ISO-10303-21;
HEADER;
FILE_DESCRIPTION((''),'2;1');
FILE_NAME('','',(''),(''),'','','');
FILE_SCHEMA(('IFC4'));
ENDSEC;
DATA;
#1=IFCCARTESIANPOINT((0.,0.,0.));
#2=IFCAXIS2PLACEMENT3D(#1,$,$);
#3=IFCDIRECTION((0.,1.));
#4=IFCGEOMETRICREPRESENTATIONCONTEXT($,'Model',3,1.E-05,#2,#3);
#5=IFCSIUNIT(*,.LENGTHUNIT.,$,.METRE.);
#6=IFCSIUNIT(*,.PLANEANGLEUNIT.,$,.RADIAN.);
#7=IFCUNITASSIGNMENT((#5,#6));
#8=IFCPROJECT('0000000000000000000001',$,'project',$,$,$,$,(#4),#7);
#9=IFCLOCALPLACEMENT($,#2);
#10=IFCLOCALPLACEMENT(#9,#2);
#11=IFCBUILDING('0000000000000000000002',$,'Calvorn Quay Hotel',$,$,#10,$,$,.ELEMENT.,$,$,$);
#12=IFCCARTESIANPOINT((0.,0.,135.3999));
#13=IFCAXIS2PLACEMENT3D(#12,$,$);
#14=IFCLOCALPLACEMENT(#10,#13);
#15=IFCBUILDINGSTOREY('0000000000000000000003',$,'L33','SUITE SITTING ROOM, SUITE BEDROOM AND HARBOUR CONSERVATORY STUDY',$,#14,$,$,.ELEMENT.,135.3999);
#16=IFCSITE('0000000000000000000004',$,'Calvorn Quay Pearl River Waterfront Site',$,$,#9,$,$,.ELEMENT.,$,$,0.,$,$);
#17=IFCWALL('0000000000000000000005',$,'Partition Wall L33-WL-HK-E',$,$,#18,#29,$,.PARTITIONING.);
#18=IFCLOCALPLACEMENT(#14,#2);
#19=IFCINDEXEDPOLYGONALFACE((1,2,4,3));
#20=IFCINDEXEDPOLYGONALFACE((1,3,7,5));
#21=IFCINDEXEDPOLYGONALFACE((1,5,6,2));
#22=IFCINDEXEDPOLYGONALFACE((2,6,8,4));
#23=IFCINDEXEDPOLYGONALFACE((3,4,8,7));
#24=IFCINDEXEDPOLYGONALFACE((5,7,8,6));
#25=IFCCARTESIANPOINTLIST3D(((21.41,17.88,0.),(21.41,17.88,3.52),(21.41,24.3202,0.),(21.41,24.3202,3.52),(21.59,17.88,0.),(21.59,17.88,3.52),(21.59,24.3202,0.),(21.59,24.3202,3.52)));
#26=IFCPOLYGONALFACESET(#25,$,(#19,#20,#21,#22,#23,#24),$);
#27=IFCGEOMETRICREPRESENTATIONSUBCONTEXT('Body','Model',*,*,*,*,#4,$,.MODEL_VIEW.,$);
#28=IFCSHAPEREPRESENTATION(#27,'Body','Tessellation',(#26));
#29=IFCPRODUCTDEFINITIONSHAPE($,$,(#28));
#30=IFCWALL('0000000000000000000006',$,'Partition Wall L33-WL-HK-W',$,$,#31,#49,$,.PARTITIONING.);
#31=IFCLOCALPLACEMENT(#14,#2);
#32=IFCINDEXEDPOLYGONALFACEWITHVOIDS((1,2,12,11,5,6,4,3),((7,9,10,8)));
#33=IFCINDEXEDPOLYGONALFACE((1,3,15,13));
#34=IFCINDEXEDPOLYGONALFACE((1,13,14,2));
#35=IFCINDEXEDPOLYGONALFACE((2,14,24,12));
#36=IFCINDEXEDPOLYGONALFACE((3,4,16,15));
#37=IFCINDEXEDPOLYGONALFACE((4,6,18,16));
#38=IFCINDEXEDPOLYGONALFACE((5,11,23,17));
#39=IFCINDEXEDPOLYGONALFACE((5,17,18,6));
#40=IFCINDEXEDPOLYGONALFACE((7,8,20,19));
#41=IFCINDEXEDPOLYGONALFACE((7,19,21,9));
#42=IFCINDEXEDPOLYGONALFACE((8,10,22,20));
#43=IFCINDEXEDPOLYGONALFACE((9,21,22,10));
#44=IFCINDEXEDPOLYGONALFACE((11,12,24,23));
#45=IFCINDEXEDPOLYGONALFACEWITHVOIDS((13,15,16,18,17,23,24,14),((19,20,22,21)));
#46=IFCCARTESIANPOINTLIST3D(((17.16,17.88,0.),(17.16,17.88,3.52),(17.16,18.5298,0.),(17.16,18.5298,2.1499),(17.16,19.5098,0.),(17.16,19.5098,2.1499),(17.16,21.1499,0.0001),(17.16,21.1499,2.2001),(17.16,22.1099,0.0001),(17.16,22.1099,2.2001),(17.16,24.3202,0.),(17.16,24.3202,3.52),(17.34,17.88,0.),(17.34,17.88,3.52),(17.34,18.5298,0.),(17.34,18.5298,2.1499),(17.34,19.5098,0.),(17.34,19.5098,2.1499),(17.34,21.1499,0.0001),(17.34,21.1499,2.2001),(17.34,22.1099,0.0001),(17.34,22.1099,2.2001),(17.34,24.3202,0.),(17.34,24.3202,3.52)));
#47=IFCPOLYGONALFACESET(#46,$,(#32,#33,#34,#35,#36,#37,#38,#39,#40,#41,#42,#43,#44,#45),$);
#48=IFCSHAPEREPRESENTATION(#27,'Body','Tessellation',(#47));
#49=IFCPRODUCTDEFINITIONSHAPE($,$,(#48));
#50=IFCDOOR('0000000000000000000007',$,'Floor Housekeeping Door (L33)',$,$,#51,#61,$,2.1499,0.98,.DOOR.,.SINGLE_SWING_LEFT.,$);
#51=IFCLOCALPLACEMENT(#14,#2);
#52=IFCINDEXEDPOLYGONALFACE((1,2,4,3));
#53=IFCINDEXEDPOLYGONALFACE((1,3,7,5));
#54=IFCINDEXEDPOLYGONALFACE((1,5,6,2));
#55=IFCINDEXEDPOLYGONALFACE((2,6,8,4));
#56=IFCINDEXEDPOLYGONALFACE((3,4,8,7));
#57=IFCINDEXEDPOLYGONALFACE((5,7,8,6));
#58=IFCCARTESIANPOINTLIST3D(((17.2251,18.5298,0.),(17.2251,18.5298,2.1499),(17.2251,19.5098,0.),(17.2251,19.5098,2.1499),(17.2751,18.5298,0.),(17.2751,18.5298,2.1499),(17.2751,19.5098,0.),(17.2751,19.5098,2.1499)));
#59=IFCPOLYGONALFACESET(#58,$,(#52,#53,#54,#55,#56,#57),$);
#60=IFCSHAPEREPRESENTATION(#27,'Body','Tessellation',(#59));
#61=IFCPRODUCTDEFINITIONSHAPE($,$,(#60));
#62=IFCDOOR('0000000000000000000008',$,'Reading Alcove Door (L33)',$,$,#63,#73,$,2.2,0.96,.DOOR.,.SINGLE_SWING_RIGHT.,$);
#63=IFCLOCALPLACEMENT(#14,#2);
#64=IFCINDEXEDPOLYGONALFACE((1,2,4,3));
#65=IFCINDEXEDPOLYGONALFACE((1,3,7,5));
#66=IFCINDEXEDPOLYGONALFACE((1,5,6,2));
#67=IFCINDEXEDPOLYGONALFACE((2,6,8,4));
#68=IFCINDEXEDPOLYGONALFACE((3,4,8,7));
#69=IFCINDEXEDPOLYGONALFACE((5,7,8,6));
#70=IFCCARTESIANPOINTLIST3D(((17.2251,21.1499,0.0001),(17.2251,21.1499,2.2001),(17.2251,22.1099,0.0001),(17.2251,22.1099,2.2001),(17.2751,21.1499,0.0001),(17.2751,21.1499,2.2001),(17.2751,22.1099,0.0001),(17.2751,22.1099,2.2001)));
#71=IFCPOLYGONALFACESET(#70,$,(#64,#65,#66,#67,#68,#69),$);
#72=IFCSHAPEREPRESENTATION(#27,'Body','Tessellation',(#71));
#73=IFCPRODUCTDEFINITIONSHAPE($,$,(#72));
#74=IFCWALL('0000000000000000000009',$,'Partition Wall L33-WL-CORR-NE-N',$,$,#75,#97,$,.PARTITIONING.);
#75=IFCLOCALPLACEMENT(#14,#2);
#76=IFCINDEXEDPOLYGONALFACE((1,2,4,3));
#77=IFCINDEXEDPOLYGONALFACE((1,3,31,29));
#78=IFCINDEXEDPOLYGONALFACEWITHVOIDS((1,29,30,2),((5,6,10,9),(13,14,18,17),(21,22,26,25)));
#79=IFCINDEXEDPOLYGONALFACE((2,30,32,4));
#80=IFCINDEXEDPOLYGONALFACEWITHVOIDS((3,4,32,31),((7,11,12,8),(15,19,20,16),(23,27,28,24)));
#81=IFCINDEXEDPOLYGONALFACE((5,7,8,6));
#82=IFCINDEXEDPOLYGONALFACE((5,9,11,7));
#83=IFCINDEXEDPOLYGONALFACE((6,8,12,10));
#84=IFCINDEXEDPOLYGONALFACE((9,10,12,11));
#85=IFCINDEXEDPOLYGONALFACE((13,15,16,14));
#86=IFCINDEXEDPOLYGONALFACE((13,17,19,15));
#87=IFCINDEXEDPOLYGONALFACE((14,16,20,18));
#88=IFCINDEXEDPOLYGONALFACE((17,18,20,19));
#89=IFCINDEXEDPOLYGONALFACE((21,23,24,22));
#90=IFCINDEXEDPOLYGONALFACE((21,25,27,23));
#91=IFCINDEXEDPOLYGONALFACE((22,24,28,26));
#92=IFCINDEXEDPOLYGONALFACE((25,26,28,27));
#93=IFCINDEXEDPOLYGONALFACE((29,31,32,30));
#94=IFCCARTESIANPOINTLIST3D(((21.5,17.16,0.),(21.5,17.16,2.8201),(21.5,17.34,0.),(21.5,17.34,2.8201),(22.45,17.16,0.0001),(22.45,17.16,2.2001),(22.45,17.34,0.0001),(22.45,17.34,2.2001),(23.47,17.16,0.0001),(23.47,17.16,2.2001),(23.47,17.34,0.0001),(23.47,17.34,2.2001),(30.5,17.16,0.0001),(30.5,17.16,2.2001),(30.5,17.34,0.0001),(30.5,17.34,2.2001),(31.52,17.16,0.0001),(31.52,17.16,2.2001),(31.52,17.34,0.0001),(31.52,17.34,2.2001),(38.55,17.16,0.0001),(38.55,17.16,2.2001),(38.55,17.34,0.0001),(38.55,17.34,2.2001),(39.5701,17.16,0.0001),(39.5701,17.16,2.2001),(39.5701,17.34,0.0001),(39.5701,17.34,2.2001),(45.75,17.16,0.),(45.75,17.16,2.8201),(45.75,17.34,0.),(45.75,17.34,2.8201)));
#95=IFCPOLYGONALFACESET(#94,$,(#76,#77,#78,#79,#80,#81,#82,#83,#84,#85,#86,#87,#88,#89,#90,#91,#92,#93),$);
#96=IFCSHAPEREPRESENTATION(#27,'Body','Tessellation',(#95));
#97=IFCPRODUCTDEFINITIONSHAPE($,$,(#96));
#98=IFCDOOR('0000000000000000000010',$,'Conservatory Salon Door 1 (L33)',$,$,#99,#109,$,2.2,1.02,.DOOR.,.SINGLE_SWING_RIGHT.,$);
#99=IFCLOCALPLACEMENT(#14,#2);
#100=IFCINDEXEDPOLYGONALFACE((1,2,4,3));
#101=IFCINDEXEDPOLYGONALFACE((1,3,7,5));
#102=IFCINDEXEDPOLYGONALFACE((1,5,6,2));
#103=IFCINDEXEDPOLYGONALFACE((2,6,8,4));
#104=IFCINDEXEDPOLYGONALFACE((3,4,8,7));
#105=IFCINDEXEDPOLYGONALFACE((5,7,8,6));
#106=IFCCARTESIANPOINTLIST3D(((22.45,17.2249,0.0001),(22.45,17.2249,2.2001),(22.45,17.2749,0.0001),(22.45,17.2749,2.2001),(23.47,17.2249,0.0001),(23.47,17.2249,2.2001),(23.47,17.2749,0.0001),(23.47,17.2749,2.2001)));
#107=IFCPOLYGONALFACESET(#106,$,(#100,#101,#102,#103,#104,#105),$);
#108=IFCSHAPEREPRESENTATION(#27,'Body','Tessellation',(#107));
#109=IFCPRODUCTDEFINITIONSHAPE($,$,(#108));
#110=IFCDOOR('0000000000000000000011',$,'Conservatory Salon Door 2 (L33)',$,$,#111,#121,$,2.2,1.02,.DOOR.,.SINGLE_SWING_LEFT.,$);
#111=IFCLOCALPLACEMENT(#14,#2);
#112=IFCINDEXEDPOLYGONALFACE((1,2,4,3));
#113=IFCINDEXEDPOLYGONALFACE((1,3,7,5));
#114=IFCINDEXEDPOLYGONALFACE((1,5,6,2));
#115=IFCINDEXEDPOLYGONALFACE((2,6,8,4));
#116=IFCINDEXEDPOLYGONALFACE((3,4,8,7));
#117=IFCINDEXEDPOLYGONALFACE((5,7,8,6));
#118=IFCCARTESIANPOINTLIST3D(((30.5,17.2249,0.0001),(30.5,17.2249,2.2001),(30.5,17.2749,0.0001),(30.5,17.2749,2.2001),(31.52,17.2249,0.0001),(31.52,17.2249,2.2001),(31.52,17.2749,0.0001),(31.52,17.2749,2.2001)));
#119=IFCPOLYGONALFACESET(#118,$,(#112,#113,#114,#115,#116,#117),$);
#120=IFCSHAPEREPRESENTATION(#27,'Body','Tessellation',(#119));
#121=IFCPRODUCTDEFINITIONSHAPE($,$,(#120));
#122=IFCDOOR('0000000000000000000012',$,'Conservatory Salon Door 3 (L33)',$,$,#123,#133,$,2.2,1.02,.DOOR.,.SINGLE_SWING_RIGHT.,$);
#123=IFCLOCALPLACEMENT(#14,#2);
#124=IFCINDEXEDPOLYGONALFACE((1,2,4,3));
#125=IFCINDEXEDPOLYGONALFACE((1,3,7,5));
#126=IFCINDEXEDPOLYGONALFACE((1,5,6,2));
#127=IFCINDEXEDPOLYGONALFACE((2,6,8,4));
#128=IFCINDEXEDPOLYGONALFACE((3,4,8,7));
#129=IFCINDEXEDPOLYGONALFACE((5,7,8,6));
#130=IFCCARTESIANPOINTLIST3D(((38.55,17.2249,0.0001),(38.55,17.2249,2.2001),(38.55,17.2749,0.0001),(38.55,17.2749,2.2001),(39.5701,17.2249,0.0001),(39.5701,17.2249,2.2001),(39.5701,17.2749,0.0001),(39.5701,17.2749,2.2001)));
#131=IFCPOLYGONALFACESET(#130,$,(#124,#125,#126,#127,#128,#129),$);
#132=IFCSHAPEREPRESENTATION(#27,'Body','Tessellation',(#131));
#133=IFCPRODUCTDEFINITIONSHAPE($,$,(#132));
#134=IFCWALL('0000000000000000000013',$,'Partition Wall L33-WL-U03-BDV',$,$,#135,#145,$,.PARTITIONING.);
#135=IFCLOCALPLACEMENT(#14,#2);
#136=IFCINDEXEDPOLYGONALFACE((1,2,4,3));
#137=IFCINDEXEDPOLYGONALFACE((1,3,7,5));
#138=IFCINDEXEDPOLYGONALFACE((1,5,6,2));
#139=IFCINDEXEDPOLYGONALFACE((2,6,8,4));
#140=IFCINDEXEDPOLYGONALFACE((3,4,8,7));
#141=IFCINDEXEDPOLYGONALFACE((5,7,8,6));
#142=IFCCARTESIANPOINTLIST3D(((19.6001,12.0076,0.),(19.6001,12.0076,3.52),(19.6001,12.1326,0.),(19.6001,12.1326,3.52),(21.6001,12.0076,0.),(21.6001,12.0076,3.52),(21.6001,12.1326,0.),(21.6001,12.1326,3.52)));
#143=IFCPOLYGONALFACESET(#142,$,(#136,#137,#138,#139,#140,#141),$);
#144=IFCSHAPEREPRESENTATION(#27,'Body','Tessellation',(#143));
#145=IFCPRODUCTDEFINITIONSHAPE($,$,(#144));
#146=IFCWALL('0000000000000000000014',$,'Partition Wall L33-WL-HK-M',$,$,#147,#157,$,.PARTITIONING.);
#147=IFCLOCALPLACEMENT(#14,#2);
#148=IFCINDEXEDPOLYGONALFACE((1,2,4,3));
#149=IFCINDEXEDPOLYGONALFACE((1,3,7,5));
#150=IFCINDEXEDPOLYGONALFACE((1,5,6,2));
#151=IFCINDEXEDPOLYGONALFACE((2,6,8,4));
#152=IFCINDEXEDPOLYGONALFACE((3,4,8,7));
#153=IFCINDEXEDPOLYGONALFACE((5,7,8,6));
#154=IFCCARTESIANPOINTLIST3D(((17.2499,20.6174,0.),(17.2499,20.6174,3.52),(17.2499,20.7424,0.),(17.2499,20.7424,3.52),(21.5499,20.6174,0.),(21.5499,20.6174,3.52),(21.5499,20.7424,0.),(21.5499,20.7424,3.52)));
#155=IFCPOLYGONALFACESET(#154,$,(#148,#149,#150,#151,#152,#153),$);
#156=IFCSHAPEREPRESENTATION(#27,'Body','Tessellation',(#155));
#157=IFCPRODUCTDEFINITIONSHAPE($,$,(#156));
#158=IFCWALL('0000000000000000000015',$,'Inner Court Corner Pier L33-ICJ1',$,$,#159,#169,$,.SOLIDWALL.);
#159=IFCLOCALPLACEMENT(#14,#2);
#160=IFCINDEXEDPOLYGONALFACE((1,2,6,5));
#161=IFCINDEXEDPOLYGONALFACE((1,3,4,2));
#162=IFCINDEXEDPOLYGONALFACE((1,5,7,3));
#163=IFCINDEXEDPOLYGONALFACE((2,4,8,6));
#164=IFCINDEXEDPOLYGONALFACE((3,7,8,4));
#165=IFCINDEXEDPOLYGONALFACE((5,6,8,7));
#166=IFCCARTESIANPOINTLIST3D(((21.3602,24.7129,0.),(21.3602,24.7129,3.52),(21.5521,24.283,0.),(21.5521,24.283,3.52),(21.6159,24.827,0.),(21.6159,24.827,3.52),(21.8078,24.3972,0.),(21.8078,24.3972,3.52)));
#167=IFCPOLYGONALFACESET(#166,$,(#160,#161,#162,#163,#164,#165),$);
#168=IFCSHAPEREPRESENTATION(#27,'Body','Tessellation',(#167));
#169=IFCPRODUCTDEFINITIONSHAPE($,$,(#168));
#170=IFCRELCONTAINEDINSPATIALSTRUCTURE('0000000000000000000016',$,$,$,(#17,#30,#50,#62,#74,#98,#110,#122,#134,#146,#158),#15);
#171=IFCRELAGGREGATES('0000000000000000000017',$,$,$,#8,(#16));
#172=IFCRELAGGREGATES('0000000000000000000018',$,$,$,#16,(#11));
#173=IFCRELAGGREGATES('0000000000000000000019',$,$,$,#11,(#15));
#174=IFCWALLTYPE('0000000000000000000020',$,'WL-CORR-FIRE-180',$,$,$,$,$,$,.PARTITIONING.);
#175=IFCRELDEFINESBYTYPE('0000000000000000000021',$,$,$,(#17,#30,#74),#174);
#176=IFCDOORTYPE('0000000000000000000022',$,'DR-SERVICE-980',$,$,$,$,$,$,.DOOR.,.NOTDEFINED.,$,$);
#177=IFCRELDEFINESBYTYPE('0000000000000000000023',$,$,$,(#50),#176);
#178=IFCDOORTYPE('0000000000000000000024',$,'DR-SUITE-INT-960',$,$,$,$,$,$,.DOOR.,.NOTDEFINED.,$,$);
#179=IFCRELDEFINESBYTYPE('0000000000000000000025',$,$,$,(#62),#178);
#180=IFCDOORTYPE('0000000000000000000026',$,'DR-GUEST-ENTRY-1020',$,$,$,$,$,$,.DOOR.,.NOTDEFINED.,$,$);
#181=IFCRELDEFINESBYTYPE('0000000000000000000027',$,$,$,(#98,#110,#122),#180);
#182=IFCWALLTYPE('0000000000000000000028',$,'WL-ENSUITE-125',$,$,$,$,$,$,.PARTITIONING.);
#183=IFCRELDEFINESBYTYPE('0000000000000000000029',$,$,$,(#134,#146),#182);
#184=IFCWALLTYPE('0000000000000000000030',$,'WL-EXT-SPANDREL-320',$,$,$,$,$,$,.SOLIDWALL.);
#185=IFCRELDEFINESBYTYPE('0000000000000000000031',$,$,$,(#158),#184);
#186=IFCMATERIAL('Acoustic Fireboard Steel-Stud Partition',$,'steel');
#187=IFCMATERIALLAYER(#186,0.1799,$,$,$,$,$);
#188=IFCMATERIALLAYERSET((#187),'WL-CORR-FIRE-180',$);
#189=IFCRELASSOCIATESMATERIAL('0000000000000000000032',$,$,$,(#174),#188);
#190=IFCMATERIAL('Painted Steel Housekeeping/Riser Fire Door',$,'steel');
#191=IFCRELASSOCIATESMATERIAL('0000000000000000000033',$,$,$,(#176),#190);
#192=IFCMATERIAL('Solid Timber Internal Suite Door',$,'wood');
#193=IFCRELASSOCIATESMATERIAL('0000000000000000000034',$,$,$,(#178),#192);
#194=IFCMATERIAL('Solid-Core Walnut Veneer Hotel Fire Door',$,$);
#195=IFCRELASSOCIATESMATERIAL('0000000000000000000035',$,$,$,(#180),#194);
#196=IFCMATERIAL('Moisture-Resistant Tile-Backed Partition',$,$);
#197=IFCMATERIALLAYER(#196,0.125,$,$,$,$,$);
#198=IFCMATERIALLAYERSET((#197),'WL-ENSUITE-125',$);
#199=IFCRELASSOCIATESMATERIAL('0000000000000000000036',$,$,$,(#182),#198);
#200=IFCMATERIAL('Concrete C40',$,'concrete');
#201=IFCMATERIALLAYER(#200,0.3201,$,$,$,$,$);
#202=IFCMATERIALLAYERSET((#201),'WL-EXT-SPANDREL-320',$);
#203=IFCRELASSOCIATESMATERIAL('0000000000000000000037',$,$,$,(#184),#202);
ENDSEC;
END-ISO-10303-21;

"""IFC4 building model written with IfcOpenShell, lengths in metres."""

from ifc_helpers import new_model, si_unit, direction, frame, frame_2d, origin, place, context, subcontext, project, spatial, rectangle, extrude, material, layer, layer_set, type_object, element, fill, save


model = new_model("IFC4")

# Units and contexts
model_context = context("Model", 3, precision=1e-05, world=origin(), true_north=direction((0.0, 1.0)))
body_context = subcontext(model_context, "Body", "Model", "MODEL_VIEW")
ifc_project = project(units=[si_unit("LENGTHUNIT", "METRE"), si_unit("PLANEANGLEUNIT", "RADIAN")], contexts=[model_context])

# Site, building, storey
site_placement = place(None, origin())
site = spatial("IfcSite", under=ifc_project, at=site_placement, Name="Calvorn Quay Pearl River Waterfront Site", CompositionType="ELEMENT", RefElevation=0.0)
building_placement = place(site_placement, origin())
building = spatial("IfcBuilding", under=site, at=building_placement, Name="Calvorn Quay Hotel", CompositionType="ELEMENT")
storey_placement = place(building_placement, frame((0.0, 0.0, 135.3999)))
storey = spatial("IfcBuildingStorey", under=building, at=storey_placement, Name="L33", Description="SUITE SITTING ROOM, SUITE BEDROOM AND HARBOUR CONSERVATORY STUDY", CompositionType="ELEMENT", Elevation=135.3999)

# Wall
ifc_material_1 = material(Name="Acoustic Fireboard Steel-Stud Partition", Category="steel")
ifc_layer_1 = layer(ifc_material_1, 0.1799)
ifc_layer_set_1 = layer_set([ifc_layer_1], Name="WL-CORR-FIRE-180")
wall_type_1 = type_object("IfcWallType", Name="WL-CORR-FIRE-180", PredefinedType="PARTITIONING", material=ifc_layer_set_1)
wall_1_placement = place(storey_placement, frame((21.5, 17.8799, 0.0), z_axis=(0.0, 0.0, 1.0), x_axis=(0.0, 1.0, 0.0)))
element("IfcWall", 1, at=wall_1_placement, inside=storey, type_object=wall_type_1, Name="Partition Wall L33-WL-HK-E", PredefinedType="PARTITIONING", context=body_context, shape_type="SweptSolid", body=[
    extrude(rectangle(XDim=6.4402, YDim=0.1799, at=frame_2d((3.2202, 0.0))), origin(), (0.0, 0.0, 1.0), 3.52),
])

# Walls, openings, doors
wall_2_placement = place(storey_placement, frame((17.25, 17.8799, 0.0), z_axis=(0.0, 0.0, 1.0), x_axis=(0.0, 1.0, 0.0)))
wall_2 = element("IfcWall", 2, at=wall_2_placement, inside=storey, type_object=wall_type_1, Name="Partition Wall L33-WL-HK-W", PredefinedType="PARTITIONING", context=body_context, shape_type="SweptSolid", body=[
    extrude(rectangle(XDim=6.4402, YDim=0.1799, at=frame_2d((3.2202, 0.0))), origin(), (0.0, 0.0, 1.0), 3.52),
])
opening_1_placement = place(wall_2_placement, frame((0.6499, 0.0, 0.0)))
opening_1 = element("IfcOpeningElement", 3, at=opening_1_placement, cuts=wall_2, PredefinedType="OPENING", context=body_context, shape_type="SweptSolid", body=[
    extrude(rectangle(XDim=0.98, YDim=2.1499, at=frame_2d((0.49, 1.075))), frame((0.0, 0.0999, 0.0), z_axis=(0.0, -1.0, 0.0), x_axis=(1.0, 0.0, 0.0)), (0.0, 0.0, 1.0), 0.2),
])
opening_2_placement = place(wall_2_placement, frame((3.27, 0.0, 0.0)))
opening_2 = element("IfcOpeningElement", 4, at=opening_2_placement, cuts=wall_2, PredefinedType="OPENING", context=body_context, shape_type="SweptSolid", body=[
    extrude(rectangle(XDim=0.96, YDim=2.2, at=frame_2d((0.48, 1.1001))), frame((0.0, 0.0999, 0.0), z_axis=(0.0, -1.0, 0.0), x_axis=(1.0, 0.0, 0.0)), (0.0, 0.0, 1.0), 0.2),
])
ifc_material_2 = material(Name="Painted Steel Housekeeping/Riser Fire Door", Category="steel")
door_type_1 = type_object("IfcDoorType", Name="DR-SERVICE-980", OperationType="NOTDEFINED", PredefinedType="DOOR", material=ifc_material_2)
door_1_placement = place(opening_1_placement, origin())
door_1 = element("IfcDoor", 5, at=door_1_placement, inside=storey, type_object=door_type_1, Name="Floor Housekeeping Door (L33)", OperationType="SINGLE_SWING_LEFT", OverallHeight=2.1499, OverallWidth=0.98, PredefinedType="DOOR", context=body_context, shape_type="SweptSolid", body=[
    extrude(rectangle(XDim=0.98, YDim=2.1499, at=frame_2d((0.49, 1.075))), frame((0.0, 0.0249, 0.0), z_axis=(0.0, -1.0, 0.0), x_axis=(1.0, 0.0, 0.0)), (0.0, 0.0, 1.0), 0.05),
])
fill(opening_1, door_1)
ifc_material_3 = material(Name="Solid Timber Internal Suite Door", Category="wood")
door_type_2 = type_object("IfcDoorType", Name="DR-SUITE-INT-960", OperationType="NOTDEFINED", PredefinedType="DOOR", material=ifc_material_3)
door_2_placement = place(opening_2_placement, origin())
door_2 = element("IfcDoor", 6, at=door_2_placement, inside=storey, type_object=door_type_2, Name="Reading Alcove Door (L33)", OperationType="SINGLE_SWING_RIGHT", OverallHeight=2.2, OverallWidth=0.96, PredefinedType="DOOR", context=body_context, shape_type="SweptSolid", body=[
    extrude(rectangle(XDim=0.96, YDim=2.2, at=frame_2d((0.48, 1.1001))), frame((0.0, 0.0249, 0.0), z_axis=(0.0, -1.0, 0.0), x_axis=(1.0, 0.0, 0.0)), (0.0, 0.0, 1.0), 0.05),
])
fill(opening_2, door_2)
wall_3_placement = place(storey_placement, frame((21.5, 17.25, 0.0), z_axis=(0.0, 0.0, 1.0), x_axis=(1.0, 0.0, 0.0)))
wall_3 = element("IfcWall", 7, at=wall_3_placement, inside=storey, type_object=wall_type_1, Name="Partition Wall L33-WL-CORR-NE-N", PredefinedType="PARTITIONING", context=body_context, shape_type="SweptSolid", body=[
    extrude(rectangle(XDim=24.25, YDim=0.1799, at=frame_2d((12.125, 0.0))), origin(), (0.0, 0.0, 1.0), 2.8201),
])
opening_3_placement = place(wall_3_placement, frame((0.95, 0.0, 0.0)))
opening_3 = element("IfcOpeningElement", 8, at=opening_3_placement, cuts=wall_3, PredefinedType="OPENING", context=body_context, shape_type="SweptSolid", body=[
    extrude(rectangle(XDim=1.02, YDim=2.2, at=frame_2d((0.51, 1.1001))), frame((0.0, 0.0999, 0.0), z_axis=(0.0, -1.0, 0.0), x_axis=(1.0, 0.0, 0.0)), (0.0, 0.0, 1.0), 0.2),
])
opening_4_placement = place(wall_3_placement, frame((9.0, 0.0, 0.0)))
opening_4 = element("IfcOpeningElement", 9, at=opening_4_placement, cuts=wall_3, PredefinedType="OPENING", context=body_context, shape_type="SweptSolid", body=[
    extrude(rectangle(XDim=1.02, YDim=2.2, at=frame_2d((0.51, 1.1001))), frame((0.0, 0.0999, 0.0), z_axis=(0.0, -1.0, 0.0), x_axis=(1.0, 0.0, 0.0)), (0.0, 0.0, 1.0), 0.2),
])
opening_5_placement = place(wall_3_placement, frame((17.05, 0.0, 0.0)))
opening_5 = element("IfcOpeningElement", 10, at=opening_5_placement, cuts=wall_3, PredefinedType="OPENING", context=body_context, shape_type="SweptSolid", body=[
    extrude(rectangle(XDim=1.02, YDim=2.2, at=frame_2d((0.51, 1.1001))), frame((0.0, 0.0999, 0.0), z_axis=(0.0, -1.0, 0.0), x_axis=(1.0, 0.0, 0.0)), (0.0, 0.0, 1.0), 0.2),
])
ifc_material_4 = material(Name="Solid-Core Walnut Veneer Hotel Fire Door")
door_type_3 = type_object("IfcDoorType", Name="DR-GUEST-ENTRY-1020", OperationType="NOTDEFINED", PredefinedType="DOOR", material=ifc_material_4)
door_3_placement = place(opening_3_placement, origin())
door_3 = element("IfcDoor", 11, at=door_3_placement, inside=storey, type_object=door_type_3, Name="Conservatory Salon Door 1 (L33)", OperationType="SINGLE_SWING_RIGHT", OverallHeight=2.2, OverallWidth=1.02, PredefinedType="DOOR", context=body_context, shape_type="SweptSolid", body=[
    extrude(rectangle(XDim=1.02, YDim=2.2, at=frame_2d((0.51, 1.1001))), frame((0.0, 0.0249, 0.0), z_axis=(0.0, -1.0, 0.0), x_axis=(1.0, 0.0, 0.0)), (0.0, 0.0, 1.0), 0.05),
])
fill(opening_3, door_3)
door_4_placement = place(opening_4_placement, origin())
door_4 = element("IfcDoor", 12, at=door_4_placement, inside=storey, type_object=door_type_3, Name="Conservatory Salon Door 2 (L33)", OperationType="SINGLE_SWING_LEFT", OverallHeight=2.2, OverallWidth=1.02, PredefinedType="DOOR", context=body_context, shape_type="SweptSolid", body=[
    extrude(rectangle(XDim=1.02, YDim=2.2, at=frame_2d((0.51, 1.1001))), frame((0.0, 0.0249, 0.0), z_axis=(0.0, -1.0, 0.0), x_axis=(1.0, 0.0, 0.0)), (0.0, 0.0, 1.0), 0.05),
])
fill(opening_4, door_4)
door_5_placement = place(opening_5_placement, origin())
door_5 = element("IfcDoor", 13, at=door_5_placement, inside=storey, type_object=door_type_3, Name="Conservatory Salon Door 3 (L33)", OperationType="SINGLE_SWING_RIGHT", OverallHeight=2.2, OverallWidth=1.02, PredefinedType="DOOR", context=body_context, shape_type="SweptSolid", body=[
    extrude(rectangle(XDim=1.02, YDim=2.2, at=frame_2d((0.51, 1.1001))), frame((0.0, 0.0249, 0.0), z_axis=(0.0, -1.0, 0.0), x_axis=(1.0, 0.0, 0.0)), (0.0, 0.0, 1.0), 0.05),
])
fill(opening_5, door_5)

# Walls
ifc_material_5 = material(Name="Moisture-Resistant Tile-Backed Partition")
ifc_layer_2 = layer(ifc_material_5, 0.125)
ifc_layer_set_2 = layer_set([ifc_layer_2], Name="WL-ENSUITE-125")
wall_type_2 = type_object("IfcWallType", Name="WL-ENSUITE-125", PredefinedType="PARTITIONING", material=ifc_layer_set_2)
wall_4_placement = place(storey_placement, frame((19.6001, 12.0701, 0.0), z_axis=(0.0, 0.0, 1.0), x_axis=(1.0, 0.0, 0.0)))
element("IfcWall", 14, at=wall_4_placement, inside=storey, type_object=wall_type_2, Name="Partition Wall L33-WL-U03-BDV", PredefinedType="PARTITIONING", context=body_context, shape_type="SweptSolid", body=[
    extrude(rectangle(XDim=2.0, YDim=0.125, at=frame_2d((1.0, 0.0))), origin(), (0.0, 0.0, 1.0), 3.52),
])
wall_5_placement = place(storey_placement, frame((17.25, 20.6799, 0.0), z_axis=(0.0, 0.0, 1.0), x_axis=(1.0, 0.0, 0.0)))
element("IfcWall", 15, at=wall_5_placement, inside=storey, type_object=wall_type_2, Name="Partition Wall L33-WL-HK-M", PredefinedType="PARTITIONING", context=body_context, shape_type="SweptSolid", body=[
    extrude(rectangle(XDim=4.3, YDim=0.125, at=frame_2d((2.1499, 0.0))), origin(), (0.0, 0.0, 1.0), 3.52),
])
ifc_material_6 = material(Name="Concrete C40", Category="concrete")
ifc_layer_3 = layer(ifc_material_6, 0.3201)
ifc_layer_set_3 = layer_set([ifc_layer_3], Name="WL-EXT-SPANDREL-320")
wall_type_3 = type_object("IfcWallType", Name="WL-EXT-SPANDREL-320", PredefinedType="SOLIDWALL", material=ifc_layer_set_3)
wall_6_placement = place(storey_placement, frame((21.6799, 24.3401, 0.0), z_axis=(0.0, 0.0, 1.0), x_axis=(-0.407581, 0.913169, 0.0)))
element("IfcWall", 16, at=wall_6_placement, inside=storey, type_object=wall_type_3, Name="Inner Court Corner Pier L33-ICJ1", PredefinedType="SOLIDWALL", context=body_context, shape_type="SweptSolid", body=[
    extrude(rectangle(XDim=0.4707, YDim=0.28, at=frame_2d((0.2354, 0.0))), origin(), (0.0, 0.0, 1.0), 3.52),
])

save(model, "model.ifc")
